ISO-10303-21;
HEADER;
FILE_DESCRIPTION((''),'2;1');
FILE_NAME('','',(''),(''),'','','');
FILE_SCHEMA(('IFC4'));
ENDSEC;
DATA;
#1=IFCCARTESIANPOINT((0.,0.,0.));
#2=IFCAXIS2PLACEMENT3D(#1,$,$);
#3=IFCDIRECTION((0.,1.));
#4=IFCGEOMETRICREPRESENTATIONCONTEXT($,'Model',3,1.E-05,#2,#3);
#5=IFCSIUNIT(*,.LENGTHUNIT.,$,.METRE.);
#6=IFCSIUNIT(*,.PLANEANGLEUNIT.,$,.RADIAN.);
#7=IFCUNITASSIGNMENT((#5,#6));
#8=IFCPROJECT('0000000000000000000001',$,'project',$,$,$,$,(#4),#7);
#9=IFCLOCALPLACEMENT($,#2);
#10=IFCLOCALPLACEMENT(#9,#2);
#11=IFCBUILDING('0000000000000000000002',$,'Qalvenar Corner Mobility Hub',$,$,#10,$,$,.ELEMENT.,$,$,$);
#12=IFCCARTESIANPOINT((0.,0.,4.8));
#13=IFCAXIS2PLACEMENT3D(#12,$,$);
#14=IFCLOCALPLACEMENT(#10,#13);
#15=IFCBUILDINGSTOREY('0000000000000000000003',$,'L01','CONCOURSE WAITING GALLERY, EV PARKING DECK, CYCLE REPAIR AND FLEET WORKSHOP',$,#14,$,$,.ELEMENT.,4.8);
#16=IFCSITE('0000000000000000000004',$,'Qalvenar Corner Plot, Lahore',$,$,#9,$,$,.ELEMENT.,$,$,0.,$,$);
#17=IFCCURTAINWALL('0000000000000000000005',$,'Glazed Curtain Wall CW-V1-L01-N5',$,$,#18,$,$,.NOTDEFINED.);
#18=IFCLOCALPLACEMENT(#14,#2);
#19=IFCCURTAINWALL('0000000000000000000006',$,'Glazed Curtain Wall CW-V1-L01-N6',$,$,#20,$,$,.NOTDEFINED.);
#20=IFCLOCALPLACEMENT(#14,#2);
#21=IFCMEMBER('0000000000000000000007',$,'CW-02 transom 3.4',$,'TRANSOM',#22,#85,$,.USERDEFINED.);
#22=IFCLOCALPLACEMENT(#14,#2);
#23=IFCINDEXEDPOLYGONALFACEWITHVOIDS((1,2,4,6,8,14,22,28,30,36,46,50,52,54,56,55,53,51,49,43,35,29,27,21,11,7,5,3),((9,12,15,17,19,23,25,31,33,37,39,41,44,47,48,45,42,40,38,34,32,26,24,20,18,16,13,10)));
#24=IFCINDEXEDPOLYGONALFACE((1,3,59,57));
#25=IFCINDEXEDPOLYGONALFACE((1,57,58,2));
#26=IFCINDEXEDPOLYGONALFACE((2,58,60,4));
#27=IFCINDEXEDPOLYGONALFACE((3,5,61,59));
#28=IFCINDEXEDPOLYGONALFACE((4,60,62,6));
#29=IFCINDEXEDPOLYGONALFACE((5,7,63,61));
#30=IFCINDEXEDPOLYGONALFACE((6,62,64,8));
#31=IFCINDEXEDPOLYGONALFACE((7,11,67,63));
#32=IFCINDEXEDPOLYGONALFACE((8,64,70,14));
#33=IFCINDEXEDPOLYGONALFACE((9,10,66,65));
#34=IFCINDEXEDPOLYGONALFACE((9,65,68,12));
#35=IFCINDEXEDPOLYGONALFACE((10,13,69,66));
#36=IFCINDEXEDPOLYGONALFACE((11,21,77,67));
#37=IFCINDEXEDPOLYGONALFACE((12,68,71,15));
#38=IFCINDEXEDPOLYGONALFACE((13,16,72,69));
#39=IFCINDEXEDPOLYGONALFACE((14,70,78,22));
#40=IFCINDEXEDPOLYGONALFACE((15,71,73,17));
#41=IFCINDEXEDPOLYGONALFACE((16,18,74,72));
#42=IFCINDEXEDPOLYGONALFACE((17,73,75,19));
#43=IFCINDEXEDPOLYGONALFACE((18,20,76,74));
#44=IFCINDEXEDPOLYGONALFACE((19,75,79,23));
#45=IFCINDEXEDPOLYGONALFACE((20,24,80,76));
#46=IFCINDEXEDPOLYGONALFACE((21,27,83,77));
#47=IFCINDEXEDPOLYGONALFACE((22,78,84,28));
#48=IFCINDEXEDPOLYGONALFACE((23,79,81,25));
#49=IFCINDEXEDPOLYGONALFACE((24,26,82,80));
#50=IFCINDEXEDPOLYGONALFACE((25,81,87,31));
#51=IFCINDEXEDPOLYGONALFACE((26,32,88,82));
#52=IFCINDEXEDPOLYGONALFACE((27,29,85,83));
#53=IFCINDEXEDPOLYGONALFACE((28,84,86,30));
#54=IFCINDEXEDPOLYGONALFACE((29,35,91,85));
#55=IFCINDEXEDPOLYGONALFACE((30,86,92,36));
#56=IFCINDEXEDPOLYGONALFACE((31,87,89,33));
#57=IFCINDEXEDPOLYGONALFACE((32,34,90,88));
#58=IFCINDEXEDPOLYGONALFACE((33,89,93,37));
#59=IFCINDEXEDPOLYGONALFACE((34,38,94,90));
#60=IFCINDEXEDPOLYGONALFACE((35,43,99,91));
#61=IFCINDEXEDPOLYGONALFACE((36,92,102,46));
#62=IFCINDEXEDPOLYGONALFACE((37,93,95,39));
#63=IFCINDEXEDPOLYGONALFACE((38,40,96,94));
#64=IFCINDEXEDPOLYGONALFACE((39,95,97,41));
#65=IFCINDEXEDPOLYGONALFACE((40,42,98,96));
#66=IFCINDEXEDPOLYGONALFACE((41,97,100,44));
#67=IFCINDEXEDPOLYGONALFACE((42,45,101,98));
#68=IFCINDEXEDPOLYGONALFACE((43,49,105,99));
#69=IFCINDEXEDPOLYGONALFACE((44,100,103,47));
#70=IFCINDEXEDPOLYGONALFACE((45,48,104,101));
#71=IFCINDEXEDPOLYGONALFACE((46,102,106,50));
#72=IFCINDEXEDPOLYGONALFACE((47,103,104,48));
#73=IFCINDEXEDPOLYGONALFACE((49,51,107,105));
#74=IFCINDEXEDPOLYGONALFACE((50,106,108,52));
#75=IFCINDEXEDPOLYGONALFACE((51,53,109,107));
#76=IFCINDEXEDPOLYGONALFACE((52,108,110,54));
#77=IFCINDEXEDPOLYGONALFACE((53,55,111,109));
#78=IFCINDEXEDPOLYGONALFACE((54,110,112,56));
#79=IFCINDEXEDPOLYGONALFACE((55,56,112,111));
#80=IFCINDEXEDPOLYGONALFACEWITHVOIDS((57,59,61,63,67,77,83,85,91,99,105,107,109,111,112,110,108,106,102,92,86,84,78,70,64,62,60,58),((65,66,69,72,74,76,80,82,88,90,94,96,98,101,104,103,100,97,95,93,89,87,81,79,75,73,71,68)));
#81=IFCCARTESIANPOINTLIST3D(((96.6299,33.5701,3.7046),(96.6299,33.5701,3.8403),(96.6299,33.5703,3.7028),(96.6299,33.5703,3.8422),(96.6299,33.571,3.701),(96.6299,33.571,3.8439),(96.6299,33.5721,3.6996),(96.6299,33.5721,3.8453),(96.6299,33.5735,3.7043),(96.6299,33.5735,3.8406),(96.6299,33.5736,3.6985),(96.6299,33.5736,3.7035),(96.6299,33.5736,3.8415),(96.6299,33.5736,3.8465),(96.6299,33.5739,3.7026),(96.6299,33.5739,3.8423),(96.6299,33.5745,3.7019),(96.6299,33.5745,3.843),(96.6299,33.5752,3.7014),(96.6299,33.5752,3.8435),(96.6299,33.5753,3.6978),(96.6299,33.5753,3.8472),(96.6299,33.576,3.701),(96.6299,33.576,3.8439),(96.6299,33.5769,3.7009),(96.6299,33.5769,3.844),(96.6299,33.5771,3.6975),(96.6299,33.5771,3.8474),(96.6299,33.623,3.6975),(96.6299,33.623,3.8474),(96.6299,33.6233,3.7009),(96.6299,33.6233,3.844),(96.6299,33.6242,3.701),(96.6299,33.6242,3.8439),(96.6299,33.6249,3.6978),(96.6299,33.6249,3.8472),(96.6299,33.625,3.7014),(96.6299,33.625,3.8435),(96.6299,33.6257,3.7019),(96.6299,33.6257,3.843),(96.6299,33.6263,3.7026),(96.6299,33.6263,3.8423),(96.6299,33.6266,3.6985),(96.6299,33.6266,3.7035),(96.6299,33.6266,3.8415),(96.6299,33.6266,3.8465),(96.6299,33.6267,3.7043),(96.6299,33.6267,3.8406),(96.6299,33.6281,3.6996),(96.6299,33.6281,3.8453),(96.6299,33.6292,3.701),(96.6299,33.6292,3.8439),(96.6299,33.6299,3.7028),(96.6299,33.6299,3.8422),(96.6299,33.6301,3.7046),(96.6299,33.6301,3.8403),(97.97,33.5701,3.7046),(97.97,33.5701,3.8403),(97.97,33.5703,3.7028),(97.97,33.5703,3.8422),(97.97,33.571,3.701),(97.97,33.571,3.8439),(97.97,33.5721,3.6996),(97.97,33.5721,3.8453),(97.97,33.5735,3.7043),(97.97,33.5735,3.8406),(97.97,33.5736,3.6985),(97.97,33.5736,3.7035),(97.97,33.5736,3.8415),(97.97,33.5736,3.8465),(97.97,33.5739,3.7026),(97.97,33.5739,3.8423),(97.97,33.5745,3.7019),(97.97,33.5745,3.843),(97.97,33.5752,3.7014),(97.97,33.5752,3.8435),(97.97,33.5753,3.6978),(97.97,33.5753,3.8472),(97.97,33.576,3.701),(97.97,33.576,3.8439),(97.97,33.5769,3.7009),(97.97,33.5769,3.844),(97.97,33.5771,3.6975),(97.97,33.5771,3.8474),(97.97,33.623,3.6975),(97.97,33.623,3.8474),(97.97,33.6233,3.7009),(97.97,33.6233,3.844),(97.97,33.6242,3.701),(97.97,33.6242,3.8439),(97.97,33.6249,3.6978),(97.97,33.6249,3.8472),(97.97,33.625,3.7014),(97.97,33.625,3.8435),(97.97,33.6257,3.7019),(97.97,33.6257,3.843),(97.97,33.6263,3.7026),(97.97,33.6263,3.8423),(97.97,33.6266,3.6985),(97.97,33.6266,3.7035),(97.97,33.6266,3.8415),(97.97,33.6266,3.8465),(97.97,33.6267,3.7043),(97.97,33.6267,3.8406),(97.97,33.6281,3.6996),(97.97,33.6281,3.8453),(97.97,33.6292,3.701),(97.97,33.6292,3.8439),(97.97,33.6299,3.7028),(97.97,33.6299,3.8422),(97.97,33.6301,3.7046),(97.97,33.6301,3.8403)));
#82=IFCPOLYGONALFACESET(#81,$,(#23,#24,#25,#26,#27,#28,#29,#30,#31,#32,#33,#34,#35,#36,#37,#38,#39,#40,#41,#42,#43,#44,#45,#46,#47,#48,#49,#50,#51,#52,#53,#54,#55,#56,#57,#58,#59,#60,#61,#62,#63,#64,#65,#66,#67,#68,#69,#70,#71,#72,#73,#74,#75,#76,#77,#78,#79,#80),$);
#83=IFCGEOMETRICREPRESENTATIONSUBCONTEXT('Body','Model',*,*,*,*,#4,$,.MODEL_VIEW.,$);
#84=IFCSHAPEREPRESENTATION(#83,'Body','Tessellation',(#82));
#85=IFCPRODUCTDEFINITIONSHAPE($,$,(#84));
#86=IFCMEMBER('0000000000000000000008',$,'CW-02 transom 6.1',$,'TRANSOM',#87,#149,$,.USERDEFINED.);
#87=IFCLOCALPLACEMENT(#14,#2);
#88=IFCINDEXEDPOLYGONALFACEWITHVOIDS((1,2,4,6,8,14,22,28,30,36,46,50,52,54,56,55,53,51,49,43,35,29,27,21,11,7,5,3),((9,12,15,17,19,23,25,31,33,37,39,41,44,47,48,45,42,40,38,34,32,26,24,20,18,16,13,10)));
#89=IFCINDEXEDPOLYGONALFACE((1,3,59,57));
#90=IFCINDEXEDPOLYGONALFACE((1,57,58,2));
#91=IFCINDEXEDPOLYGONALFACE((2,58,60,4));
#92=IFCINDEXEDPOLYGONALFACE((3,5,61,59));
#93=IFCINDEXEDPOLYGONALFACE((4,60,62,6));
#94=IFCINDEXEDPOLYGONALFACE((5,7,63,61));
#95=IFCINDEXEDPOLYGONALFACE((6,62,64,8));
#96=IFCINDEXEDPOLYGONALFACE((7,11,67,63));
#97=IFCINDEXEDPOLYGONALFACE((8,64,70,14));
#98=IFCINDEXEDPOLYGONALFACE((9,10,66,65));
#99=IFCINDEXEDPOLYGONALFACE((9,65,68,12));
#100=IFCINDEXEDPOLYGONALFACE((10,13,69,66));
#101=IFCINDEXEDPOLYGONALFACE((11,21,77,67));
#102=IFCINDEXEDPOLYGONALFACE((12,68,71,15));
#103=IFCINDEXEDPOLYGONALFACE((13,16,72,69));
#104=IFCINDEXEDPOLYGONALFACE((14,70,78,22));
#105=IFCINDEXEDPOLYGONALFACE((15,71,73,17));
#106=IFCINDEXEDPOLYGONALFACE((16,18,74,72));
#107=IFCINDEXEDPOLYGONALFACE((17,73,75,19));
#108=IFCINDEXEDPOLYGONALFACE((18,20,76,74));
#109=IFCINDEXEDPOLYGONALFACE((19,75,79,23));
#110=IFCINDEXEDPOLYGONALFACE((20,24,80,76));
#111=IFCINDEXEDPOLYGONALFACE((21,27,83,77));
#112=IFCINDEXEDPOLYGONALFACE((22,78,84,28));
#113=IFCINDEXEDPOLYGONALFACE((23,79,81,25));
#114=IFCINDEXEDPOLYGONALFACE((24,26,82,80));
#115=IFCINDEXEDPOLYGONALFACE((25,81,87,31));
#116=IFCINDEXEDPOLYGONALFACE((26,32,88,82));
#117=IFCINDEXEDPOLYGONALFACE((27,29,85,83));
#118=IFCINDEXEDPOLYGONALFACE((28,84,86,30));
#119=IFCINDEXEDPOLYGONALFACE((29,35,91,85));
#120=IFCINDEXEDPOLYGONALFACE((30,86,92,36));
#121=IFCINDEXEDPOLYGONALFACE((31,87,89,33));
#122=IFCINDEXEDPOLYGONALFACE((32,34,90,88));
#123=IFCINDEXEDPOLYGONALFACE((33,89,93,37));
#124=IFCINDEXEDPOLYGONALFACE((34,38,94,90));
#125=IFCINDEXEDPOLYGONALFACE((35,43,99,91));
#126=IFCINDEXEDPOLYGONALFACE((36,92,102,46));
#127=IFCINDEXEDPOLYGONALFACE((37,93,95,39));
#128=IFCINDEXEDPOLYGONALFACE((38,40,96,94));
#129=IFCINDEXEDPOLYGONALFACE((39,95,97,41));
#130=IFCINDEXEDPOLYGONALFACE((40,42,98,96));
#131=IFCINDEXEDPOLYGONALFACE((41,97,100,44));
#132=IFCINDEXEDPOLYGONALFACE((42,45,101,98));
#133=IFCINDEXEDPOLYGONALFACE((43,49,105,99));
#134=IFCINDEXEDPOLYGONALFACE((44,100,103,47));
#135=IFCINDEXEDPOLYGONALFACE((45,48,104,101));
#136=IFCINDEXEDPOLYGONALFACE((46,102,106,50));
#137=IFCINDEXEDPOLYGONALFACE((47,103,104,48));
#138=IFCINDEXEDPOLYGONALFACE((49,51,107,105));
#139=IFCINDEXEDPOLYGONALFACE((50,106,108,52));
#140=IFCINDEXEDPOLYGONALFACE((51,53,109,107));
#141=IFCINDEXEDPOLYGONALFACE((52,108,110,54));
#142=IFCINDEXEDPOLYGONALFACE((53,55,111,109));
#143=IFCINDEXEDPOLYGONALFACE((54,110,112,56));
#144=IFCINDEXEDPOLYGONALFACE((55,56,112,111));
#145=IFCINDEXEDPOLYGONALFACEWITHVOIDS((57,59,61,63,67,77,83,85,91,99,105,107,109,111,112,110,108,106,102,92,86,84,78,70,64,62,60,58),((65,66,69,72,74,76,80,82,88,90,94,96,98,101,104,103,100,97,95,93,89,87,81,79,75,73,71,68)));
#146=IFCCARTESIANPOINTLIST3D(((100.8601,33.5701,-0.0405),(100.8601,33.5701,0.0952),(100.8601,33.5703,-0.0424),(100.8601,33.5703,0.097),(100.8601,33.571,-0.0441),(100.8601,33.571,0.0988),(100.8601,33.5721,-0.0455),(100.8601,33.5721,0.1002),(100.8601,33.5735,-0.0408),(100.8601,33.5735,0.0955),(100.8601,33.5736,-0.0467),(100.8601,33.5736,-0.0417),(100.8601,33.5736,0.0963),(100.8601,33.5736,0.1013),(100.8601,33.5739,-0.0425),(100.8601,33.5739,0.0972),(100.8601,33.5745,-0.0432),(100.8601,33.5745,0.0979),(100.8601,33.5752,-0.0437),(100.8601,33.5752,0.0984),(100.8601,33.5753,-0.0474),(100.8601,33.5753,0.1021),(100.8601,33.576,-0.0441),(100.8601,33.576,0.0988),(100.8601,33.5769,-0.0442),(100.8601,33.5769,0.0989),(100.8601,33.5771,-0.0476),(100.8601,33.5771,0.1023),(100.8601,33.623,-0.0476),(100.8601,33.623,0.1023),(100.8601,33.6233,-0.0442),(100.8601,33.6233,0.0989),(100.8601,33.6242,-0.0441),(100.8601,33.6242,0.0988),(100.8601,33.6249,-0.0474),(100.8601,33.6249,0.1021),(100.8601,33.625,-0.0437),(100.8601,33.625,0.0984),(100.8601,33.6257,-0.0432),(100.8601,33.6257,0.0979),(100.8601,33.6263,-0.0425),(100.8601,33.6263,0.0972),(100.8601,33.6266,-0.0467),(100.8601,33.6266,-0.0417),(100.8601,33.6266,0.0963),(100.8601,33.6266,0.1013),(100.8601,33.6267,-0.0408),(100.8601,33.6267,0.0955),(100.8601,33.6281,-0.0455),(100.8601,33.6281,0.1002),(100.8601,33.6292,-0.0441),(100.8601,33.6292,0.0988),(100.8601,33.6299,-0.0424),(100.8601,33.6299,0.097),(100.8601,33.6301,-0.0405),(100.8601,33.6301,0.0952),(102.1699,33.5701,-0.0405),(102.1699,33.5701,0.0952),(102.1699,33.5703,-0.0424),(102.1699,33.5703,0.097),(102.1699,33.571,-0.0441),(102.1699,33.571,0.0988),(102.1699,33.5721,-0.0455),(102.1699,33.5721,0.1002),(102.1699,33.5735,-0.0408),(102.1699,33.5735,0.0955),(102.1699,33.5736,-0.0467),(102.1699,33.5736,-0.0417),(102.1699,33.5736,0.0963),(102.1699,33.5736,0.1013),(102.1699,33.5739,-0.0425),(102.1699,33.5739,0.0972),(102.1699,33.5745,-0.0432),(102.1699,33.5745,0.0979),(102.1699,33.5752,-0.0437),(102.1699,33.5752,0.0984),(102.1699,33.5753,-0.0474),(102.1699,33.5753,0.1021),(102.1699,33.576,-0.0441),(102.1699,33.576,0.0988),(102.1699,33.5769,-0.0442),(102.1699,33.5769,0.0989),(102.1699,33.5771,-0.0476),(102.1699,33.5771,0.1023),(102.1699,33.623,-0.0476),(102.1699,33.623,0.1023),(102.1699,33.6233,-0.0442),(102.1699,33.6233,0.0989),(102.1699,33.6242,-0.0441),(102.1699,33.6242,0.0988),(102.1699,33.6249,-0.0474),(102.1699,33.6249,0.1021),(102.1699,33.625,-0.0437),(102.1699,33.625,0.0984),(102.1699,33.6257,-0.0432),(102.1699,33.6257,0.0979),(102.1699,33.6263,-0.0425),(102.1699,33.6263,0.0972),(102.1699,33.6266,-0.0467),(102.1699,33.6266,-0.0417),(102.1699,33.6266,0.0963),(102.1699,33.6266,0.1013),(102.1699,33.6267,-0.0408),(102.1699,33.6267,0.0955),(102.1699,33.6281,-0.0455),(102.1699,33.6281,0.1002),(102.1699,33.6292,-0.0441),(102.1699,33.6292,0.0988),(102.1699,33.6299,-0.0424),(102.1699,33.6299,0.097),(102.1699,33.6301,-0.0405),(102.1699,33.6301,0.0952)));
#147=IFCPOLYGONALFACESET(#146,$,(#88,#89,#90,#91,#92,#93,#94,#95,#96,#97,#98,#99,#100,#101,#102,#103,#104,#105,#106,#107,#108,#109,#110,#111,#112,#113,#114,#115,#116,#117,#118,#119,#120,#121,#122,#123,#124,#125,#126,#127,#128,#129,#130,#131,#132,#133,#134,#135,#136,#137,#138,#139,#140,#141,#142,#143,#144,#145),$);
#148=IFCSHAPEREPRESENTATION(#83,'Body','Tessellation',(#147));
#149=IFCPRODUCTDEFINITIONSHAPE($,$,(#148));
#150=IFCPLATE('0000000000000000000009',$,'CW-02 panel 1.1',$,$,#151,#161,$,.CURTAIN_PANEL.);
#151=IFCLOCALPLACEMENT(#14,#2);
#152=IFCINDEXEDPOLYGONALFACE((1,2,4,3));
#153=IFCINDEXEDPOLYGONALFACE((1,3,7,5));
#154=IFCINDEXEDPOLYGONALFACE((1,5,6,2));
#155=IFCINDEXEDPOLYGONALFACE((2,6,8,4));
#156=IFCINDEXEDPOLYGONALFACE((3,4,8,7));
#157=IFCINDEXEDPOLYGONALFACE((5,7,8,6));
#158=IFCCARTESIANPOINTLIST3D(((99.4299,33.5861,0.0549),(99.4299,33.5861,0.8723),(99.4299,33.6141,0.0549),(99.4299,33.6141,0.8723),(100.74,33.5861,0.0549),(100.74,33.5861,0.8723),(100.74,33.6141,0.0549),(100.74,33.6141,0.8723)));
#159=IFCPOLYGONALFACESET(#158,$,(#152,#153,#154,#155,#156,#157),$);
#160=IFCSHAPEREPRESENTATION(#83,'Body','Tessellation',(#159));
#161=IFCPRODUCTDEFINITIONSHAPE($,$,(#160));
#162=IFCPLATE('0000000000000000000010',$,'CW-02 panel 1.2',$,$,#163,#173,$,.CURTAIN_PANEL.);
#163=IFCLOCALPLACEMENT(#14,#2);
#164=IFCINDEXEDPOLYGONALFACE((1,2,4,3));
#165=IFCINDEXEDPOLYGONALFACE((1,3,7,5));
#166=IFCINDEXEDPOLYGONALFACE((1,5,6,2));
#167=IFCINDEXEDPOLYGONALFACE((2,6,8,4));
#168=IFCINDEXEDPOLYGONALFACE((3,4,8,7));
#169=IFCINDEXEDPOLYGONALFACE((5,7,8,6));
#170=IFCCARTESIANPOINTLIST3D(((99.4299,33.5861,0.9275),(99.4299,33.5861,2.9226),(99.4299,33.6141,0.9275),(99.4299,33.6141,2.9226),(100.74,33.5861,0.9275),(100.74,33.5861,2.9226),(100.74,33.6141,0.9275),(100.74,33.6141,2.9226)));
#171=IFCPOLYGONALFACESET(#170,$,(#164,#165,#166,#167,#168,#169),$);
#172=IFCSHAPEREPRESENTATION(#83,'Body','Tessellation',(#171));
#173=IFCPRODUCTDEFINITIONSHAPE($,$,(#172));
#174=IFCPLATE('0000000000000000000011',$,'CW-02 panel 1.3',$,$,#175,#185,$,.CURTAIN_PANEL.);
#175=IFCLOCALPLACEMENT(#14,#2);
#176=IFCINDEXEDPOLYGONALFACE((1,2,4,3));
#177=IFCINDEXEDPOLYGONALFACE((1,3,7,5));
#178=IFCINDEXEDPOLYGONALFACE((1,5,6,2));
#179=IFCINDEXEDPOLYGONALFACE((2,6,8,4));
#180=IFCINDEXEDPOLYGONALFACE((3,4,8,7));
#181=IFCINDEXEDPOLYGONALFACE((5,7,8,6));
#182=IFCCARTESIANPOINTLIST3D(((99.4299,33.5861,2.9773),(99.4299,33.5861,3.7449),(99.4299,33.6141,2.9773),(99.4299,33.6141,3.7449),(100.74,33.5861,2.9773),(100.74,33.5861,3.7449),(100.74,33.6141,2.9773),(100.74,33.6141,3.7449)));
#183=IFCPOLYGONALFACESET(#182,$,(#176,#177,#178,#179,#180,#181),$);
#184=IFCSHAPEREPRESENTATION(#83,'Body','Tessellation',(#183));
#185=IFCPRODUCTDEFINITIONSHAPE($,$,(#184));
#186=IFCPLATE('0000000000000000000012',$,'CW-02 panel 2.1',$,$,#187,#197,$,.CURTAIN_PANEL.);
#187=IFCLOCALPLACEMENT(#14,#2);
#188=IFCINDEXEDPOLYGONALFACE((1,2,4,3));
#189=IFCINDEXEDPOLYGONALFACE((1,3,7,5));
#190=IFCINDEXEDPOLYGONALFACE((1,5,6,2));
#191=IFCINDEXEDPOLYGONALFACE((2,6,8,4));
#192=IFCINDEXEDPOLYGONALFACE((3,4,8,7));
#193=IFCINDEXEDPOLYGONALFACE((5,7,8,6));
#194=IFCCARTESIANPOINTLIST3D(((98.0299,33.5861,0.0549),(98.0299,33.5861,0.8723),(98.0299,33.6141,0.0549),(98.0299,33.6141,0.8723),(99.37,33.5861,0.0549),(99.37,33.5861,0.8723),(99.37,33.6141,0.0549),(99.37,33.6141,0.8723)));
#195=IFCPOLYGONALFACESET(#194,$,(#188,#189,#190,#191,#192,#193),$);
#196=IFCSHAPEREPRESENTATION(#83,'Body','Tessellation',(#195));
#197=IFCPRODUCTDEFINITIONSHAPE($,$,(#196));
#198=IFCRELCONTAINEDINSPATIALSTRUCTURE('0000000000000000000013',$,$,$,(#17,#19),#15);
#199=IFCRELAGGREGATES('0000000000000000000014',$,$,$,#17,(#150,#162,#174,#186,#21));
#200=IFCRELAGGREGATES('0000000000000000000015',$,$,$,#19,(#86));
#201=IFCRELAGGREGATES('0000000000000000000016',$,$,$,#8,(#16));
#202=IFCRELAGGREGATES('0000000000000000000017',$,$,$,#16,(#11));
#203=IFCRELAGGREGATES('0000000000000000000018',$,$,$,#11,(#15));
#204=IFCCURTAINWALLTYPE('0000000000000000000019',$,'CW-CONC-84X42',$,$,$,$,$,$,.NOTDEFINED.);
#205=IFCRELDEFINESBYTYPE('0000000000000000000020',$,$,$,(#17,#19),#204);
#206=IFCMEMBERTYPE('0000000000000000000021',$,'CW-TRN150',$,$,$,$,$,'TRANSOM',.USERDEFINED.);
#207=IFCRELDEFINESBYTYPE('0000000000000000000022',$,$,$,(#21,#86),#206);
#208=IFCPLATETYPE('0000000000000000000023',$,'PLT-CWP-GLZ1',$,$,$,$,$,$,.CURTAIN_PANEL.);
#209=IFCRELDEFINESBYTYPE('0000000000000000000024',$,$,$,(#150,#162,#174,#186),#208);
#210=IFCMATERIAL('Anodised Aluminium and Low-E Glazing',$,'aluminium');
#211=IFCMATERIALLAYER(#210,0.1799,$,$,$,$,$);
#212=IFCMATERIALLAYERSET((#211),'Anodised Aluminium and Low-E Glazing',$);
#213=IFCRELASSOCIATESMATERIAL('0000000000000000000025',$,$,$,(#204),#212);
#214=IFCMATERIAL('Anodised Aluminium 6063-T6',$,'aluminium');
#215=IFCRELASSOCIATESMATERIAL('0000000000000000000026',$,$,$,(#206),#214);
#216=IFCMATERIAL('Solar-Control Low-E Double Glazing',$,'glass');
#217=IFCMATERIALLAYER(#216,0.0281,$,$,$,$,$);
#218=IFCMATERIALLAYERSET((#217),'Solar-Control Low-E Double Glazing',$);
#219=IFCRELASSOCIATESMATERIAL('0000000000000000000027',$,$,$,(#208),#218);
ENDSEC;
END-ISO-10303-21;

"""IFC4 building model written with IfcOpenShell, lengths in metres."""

from ifc_helpers import new_model, si_unit, direction, frame, origin, origin_2d, place, context, subcontext, project, spatial, rectangle, hollow_rectangle, extrude, material, layer, layer_set, material_profile, profile_set, type_object, element, aggregate, save


model = new_model("IFC4")

# Units and contexts
model_context = context("Model", 3, precision=1e-05, world=origin(), true_north=direction((0.0, 1.0)))
body_context = subcontext(model_context, "Body", "Model", "MODEL_VIEW")
ifc_project = project(units=[si_unit("LENGTHUNIT", "METRE"), si_unit("PLANEANGLEUNIT", "RADIAN")], contexts=[model_context])

# Site, building, storey
site_placement = place(None, origin())
site = spatial("IfcSite", under=ifc_project, at=site_placement, Name="Qalvenar Corner Plot, Lahore", CompositionType="ELEMENT", RefElevation=0.0)
building_placement = place(site_placement, origin())
building = spatial("IfcBuilding", under=site, at=building_placement, Name="Qalvenar Corner Mobility Hub", CompositionType="ELEMENT")
storey_placement = place(building_placement, frame((0.0, 0.0, 4.8)))
storey = spatial("IfcBuildingStorey", under=building, at=storey_placement, Name="L01", Description="CONCOURSE WAITING GALLERY, EV PARKING DECK, CYCLE REPAIR AND FLEET WORKSHOP", CompositionType="ELEMENT", Elevation=4.8)

# Curtain wall
ifc_material_1 = material(Name="Anodised Aluminium and Low-E Glazing", Category="aluminium")
ifc_layer_1 = layer(ifc_material_1, 0.1799)
ifc_layer_set_1 = layer_set([ifc_layer_1], Name="Anodised Aluminium and Low-E Glazing")
curtain_wall_type = type_object("IfcCurtainWallType", Name="CW-CONC-84X42", PredefinedType="NOTDEFINED", material=ifc_layer_set_1)
curtain_wall_1_placement = place(storey_placement, origin())
curtain_wall_1 = element("IfcCurtainWall", 1, at=curtain_wall_1_placement, inside=storey, type_object=curtain_wall_type, Name="Glazed Curtain Wall CW-V1-L01-N5", PredefinedType="NOTDEFINED")
ifc_material_2 = material(Name="Anodised Aluminium 6063-T6", Category="aluminium")

# Curtain wall
curtain_wall_2_placement = place(storey_placement, origin())
curtain_wall_2 = element("IfcCurtainWall", 2, at=curtain_wall_2_placement, inside=storey, type_object=curtain_wall_type, Name="Glazed Curtain Wall CW-V1-L01-N6", PredefinedType="NOTDEFINED")

# Members
ifc_material_profile_1 = material_profile(ifc_material_2, hollow_rectangle(XDim=0.0601, YDim=0.1499, WallThickness=0.0034, InnerFilletRadius=0.0034, OuterFilletRadius=0.0071, at=origin_2d()), Name="RHS150x60x3.5")
ifc_profile_set_1 = profile_set([ifc_material_profile_1], Name="Anodised Aluminium 6063-T6")
member_type_1 = type_object("IfcMemberType", Name="CW-TRN150", ElementType="TRANSOM", PredefinedType="USERDEFINED", material=ifc_profile_set_1)
member_1_placement = place(storey_placement, frame((97.97, 33.6001, 3.7725), z_axis=(-1.0, 0.0, 0.0), x_axis=(0.0, -1.0, 0.0)))
member_1 = element("IfcMember", 3, at=member_1_placement, type_object=member_type_1, Name="CW-02 transom 3.4", ObjectType="TRANSOM", PredefinedType="USERDEFINED", context=body_context, shape_type="SweptSolid", body=[
    extrude(hollow_rectangle(XDim=0.0601, YDim=0.1499, WallThickness=0.0034, InnerFilletRadius=0.0034, OuterFilletRadius=0.0071, at=origin_2d()), origin(), (0.0, 0.0, 1.0), 1.3401),
])
member_2_placement = place(storey_placement, frame((102.1699, 33.6001, 0.0273), z_axis=(-1.0, 0.0, 0.0), x_axis=(0.0, -1.0, 0.0)))
member_2 = element("IfcMember", 4, at=member_2_placement, type_object=member_type_1, Name="CW-02 transom 6.1", ObjectType="TRANSOM", PredefinedType="USERDEFINED", context=body_context, shape_type="SweptSolid", body=[
    extrude(hollow_rectangle(XDim=0.0601, YDim=0.1499, WallThickness=0.0034, InnerFilletRadius=0.0034, OuterFilletRadius=0.0071, at=origin_2d()), origin(), (0.0, 0.0, 1.0), 1.3098),
])

# Plates
ifc_material_3 = material(Name="Solar-Control Low-E Double Glazing", Category="glass")
ifc_layer_2 = layer(ifc_material_3, 0.0281)
ifc_layer_set_2 = layer_set([ifc_layer_2], Name="Solar-Control Low-E Double Glazing")
plate_type = type_object("IfcPlateType", Name="PLT-CWP-GLZ1", PredefinedType="CURTAIN_PANEL", material=ifc_layer_set_2)
plate_1_placement = place(storey_placement, frame((100.085, 33.6001, 0.0549), z_axis=(0.0, 0.0, 1.0), x_axis=(-1.0, 0.0, 0.0)))
plate_1 = element("IfcPlate", 5, at=plate_1_placement, type_object=plate_type, Name="CW-02 panel 1.1", PredefinedType="CURTAIN_PANEL", context=body_context, shape_type="SweptSolid", body=[
    extrude(rectangle(XDim=1.3101, YDim=0.0281, at=origin_2d()), origin(), (0.0, 0.0, 1.0), 0.8174),
])
plate_2_placement = place(storey_placement, frame((100.085, 33.6001, 0.9275), z_axis=(0.0, 0.0, 1.0), x_axis=(-1.0, 0.0, 0.0)))
plate_2 = element("IfcPlate", 6, at=plate_2_placement, type_object=plate_type, Name="CW-02 panel 1.2", PredefinedType="CURTAIN_PANEL", context=body_context, shape_type="SweptSolid", body=[
    extrude(rectangle(XDim=1.3101, YDim=0.0281, at=origin_2d()), origin(), (0.0, 0.0, 1.0), 1.9951),
])
plate_3_placement = place(storey_placement, frame((100.085, 33.6001, 2.9773), z_axis=(0.0, 0.0, 1.0), x_axis=(-1.0, 0.0, 0.0)))
plate_3 = element("IfcPlate", 7, at=plate_3_placement, type_object=plate_type, Name="CW-02 panel 1.3", PredefinedType="CURTAIN_PANEL", context=body_context, shape_type="SweptSolid", body=[
    extrude(rectangle(XDim=1.3101, YDim=0.0281, at=origin_2d()), origin(), (0.0, 0.0, 1.0), 0.7676),
])
plate_4_placement = place(storey_placement, frame((98.7, 33.6001, 0.0549), z_axis=(0.0, 0.0, 1.0), x_axis=(-1.0, 0.0, 0.0)))
plate_4 = element("IfcPlate", 8, at=plate_4_placement, type_object=plate_type, Name="CW-02 panel 2.1", PredefinedType="CURTAIN_PANEL", context=body_context, shape_type="SweptSolid", body=[
    extrude(rectangle(XDim=1.3401, YDim=0.0281, at=origin_2d()), origin(), (0.0, 0.0, 1.0), 0.8174),
])
aggregate(curtain_wall_1, [plate_1, plate_2, plate_3, plate_4, member_1])
aggregate(curtain_wall_2, [member_2])

save(model, "model.ifc")
